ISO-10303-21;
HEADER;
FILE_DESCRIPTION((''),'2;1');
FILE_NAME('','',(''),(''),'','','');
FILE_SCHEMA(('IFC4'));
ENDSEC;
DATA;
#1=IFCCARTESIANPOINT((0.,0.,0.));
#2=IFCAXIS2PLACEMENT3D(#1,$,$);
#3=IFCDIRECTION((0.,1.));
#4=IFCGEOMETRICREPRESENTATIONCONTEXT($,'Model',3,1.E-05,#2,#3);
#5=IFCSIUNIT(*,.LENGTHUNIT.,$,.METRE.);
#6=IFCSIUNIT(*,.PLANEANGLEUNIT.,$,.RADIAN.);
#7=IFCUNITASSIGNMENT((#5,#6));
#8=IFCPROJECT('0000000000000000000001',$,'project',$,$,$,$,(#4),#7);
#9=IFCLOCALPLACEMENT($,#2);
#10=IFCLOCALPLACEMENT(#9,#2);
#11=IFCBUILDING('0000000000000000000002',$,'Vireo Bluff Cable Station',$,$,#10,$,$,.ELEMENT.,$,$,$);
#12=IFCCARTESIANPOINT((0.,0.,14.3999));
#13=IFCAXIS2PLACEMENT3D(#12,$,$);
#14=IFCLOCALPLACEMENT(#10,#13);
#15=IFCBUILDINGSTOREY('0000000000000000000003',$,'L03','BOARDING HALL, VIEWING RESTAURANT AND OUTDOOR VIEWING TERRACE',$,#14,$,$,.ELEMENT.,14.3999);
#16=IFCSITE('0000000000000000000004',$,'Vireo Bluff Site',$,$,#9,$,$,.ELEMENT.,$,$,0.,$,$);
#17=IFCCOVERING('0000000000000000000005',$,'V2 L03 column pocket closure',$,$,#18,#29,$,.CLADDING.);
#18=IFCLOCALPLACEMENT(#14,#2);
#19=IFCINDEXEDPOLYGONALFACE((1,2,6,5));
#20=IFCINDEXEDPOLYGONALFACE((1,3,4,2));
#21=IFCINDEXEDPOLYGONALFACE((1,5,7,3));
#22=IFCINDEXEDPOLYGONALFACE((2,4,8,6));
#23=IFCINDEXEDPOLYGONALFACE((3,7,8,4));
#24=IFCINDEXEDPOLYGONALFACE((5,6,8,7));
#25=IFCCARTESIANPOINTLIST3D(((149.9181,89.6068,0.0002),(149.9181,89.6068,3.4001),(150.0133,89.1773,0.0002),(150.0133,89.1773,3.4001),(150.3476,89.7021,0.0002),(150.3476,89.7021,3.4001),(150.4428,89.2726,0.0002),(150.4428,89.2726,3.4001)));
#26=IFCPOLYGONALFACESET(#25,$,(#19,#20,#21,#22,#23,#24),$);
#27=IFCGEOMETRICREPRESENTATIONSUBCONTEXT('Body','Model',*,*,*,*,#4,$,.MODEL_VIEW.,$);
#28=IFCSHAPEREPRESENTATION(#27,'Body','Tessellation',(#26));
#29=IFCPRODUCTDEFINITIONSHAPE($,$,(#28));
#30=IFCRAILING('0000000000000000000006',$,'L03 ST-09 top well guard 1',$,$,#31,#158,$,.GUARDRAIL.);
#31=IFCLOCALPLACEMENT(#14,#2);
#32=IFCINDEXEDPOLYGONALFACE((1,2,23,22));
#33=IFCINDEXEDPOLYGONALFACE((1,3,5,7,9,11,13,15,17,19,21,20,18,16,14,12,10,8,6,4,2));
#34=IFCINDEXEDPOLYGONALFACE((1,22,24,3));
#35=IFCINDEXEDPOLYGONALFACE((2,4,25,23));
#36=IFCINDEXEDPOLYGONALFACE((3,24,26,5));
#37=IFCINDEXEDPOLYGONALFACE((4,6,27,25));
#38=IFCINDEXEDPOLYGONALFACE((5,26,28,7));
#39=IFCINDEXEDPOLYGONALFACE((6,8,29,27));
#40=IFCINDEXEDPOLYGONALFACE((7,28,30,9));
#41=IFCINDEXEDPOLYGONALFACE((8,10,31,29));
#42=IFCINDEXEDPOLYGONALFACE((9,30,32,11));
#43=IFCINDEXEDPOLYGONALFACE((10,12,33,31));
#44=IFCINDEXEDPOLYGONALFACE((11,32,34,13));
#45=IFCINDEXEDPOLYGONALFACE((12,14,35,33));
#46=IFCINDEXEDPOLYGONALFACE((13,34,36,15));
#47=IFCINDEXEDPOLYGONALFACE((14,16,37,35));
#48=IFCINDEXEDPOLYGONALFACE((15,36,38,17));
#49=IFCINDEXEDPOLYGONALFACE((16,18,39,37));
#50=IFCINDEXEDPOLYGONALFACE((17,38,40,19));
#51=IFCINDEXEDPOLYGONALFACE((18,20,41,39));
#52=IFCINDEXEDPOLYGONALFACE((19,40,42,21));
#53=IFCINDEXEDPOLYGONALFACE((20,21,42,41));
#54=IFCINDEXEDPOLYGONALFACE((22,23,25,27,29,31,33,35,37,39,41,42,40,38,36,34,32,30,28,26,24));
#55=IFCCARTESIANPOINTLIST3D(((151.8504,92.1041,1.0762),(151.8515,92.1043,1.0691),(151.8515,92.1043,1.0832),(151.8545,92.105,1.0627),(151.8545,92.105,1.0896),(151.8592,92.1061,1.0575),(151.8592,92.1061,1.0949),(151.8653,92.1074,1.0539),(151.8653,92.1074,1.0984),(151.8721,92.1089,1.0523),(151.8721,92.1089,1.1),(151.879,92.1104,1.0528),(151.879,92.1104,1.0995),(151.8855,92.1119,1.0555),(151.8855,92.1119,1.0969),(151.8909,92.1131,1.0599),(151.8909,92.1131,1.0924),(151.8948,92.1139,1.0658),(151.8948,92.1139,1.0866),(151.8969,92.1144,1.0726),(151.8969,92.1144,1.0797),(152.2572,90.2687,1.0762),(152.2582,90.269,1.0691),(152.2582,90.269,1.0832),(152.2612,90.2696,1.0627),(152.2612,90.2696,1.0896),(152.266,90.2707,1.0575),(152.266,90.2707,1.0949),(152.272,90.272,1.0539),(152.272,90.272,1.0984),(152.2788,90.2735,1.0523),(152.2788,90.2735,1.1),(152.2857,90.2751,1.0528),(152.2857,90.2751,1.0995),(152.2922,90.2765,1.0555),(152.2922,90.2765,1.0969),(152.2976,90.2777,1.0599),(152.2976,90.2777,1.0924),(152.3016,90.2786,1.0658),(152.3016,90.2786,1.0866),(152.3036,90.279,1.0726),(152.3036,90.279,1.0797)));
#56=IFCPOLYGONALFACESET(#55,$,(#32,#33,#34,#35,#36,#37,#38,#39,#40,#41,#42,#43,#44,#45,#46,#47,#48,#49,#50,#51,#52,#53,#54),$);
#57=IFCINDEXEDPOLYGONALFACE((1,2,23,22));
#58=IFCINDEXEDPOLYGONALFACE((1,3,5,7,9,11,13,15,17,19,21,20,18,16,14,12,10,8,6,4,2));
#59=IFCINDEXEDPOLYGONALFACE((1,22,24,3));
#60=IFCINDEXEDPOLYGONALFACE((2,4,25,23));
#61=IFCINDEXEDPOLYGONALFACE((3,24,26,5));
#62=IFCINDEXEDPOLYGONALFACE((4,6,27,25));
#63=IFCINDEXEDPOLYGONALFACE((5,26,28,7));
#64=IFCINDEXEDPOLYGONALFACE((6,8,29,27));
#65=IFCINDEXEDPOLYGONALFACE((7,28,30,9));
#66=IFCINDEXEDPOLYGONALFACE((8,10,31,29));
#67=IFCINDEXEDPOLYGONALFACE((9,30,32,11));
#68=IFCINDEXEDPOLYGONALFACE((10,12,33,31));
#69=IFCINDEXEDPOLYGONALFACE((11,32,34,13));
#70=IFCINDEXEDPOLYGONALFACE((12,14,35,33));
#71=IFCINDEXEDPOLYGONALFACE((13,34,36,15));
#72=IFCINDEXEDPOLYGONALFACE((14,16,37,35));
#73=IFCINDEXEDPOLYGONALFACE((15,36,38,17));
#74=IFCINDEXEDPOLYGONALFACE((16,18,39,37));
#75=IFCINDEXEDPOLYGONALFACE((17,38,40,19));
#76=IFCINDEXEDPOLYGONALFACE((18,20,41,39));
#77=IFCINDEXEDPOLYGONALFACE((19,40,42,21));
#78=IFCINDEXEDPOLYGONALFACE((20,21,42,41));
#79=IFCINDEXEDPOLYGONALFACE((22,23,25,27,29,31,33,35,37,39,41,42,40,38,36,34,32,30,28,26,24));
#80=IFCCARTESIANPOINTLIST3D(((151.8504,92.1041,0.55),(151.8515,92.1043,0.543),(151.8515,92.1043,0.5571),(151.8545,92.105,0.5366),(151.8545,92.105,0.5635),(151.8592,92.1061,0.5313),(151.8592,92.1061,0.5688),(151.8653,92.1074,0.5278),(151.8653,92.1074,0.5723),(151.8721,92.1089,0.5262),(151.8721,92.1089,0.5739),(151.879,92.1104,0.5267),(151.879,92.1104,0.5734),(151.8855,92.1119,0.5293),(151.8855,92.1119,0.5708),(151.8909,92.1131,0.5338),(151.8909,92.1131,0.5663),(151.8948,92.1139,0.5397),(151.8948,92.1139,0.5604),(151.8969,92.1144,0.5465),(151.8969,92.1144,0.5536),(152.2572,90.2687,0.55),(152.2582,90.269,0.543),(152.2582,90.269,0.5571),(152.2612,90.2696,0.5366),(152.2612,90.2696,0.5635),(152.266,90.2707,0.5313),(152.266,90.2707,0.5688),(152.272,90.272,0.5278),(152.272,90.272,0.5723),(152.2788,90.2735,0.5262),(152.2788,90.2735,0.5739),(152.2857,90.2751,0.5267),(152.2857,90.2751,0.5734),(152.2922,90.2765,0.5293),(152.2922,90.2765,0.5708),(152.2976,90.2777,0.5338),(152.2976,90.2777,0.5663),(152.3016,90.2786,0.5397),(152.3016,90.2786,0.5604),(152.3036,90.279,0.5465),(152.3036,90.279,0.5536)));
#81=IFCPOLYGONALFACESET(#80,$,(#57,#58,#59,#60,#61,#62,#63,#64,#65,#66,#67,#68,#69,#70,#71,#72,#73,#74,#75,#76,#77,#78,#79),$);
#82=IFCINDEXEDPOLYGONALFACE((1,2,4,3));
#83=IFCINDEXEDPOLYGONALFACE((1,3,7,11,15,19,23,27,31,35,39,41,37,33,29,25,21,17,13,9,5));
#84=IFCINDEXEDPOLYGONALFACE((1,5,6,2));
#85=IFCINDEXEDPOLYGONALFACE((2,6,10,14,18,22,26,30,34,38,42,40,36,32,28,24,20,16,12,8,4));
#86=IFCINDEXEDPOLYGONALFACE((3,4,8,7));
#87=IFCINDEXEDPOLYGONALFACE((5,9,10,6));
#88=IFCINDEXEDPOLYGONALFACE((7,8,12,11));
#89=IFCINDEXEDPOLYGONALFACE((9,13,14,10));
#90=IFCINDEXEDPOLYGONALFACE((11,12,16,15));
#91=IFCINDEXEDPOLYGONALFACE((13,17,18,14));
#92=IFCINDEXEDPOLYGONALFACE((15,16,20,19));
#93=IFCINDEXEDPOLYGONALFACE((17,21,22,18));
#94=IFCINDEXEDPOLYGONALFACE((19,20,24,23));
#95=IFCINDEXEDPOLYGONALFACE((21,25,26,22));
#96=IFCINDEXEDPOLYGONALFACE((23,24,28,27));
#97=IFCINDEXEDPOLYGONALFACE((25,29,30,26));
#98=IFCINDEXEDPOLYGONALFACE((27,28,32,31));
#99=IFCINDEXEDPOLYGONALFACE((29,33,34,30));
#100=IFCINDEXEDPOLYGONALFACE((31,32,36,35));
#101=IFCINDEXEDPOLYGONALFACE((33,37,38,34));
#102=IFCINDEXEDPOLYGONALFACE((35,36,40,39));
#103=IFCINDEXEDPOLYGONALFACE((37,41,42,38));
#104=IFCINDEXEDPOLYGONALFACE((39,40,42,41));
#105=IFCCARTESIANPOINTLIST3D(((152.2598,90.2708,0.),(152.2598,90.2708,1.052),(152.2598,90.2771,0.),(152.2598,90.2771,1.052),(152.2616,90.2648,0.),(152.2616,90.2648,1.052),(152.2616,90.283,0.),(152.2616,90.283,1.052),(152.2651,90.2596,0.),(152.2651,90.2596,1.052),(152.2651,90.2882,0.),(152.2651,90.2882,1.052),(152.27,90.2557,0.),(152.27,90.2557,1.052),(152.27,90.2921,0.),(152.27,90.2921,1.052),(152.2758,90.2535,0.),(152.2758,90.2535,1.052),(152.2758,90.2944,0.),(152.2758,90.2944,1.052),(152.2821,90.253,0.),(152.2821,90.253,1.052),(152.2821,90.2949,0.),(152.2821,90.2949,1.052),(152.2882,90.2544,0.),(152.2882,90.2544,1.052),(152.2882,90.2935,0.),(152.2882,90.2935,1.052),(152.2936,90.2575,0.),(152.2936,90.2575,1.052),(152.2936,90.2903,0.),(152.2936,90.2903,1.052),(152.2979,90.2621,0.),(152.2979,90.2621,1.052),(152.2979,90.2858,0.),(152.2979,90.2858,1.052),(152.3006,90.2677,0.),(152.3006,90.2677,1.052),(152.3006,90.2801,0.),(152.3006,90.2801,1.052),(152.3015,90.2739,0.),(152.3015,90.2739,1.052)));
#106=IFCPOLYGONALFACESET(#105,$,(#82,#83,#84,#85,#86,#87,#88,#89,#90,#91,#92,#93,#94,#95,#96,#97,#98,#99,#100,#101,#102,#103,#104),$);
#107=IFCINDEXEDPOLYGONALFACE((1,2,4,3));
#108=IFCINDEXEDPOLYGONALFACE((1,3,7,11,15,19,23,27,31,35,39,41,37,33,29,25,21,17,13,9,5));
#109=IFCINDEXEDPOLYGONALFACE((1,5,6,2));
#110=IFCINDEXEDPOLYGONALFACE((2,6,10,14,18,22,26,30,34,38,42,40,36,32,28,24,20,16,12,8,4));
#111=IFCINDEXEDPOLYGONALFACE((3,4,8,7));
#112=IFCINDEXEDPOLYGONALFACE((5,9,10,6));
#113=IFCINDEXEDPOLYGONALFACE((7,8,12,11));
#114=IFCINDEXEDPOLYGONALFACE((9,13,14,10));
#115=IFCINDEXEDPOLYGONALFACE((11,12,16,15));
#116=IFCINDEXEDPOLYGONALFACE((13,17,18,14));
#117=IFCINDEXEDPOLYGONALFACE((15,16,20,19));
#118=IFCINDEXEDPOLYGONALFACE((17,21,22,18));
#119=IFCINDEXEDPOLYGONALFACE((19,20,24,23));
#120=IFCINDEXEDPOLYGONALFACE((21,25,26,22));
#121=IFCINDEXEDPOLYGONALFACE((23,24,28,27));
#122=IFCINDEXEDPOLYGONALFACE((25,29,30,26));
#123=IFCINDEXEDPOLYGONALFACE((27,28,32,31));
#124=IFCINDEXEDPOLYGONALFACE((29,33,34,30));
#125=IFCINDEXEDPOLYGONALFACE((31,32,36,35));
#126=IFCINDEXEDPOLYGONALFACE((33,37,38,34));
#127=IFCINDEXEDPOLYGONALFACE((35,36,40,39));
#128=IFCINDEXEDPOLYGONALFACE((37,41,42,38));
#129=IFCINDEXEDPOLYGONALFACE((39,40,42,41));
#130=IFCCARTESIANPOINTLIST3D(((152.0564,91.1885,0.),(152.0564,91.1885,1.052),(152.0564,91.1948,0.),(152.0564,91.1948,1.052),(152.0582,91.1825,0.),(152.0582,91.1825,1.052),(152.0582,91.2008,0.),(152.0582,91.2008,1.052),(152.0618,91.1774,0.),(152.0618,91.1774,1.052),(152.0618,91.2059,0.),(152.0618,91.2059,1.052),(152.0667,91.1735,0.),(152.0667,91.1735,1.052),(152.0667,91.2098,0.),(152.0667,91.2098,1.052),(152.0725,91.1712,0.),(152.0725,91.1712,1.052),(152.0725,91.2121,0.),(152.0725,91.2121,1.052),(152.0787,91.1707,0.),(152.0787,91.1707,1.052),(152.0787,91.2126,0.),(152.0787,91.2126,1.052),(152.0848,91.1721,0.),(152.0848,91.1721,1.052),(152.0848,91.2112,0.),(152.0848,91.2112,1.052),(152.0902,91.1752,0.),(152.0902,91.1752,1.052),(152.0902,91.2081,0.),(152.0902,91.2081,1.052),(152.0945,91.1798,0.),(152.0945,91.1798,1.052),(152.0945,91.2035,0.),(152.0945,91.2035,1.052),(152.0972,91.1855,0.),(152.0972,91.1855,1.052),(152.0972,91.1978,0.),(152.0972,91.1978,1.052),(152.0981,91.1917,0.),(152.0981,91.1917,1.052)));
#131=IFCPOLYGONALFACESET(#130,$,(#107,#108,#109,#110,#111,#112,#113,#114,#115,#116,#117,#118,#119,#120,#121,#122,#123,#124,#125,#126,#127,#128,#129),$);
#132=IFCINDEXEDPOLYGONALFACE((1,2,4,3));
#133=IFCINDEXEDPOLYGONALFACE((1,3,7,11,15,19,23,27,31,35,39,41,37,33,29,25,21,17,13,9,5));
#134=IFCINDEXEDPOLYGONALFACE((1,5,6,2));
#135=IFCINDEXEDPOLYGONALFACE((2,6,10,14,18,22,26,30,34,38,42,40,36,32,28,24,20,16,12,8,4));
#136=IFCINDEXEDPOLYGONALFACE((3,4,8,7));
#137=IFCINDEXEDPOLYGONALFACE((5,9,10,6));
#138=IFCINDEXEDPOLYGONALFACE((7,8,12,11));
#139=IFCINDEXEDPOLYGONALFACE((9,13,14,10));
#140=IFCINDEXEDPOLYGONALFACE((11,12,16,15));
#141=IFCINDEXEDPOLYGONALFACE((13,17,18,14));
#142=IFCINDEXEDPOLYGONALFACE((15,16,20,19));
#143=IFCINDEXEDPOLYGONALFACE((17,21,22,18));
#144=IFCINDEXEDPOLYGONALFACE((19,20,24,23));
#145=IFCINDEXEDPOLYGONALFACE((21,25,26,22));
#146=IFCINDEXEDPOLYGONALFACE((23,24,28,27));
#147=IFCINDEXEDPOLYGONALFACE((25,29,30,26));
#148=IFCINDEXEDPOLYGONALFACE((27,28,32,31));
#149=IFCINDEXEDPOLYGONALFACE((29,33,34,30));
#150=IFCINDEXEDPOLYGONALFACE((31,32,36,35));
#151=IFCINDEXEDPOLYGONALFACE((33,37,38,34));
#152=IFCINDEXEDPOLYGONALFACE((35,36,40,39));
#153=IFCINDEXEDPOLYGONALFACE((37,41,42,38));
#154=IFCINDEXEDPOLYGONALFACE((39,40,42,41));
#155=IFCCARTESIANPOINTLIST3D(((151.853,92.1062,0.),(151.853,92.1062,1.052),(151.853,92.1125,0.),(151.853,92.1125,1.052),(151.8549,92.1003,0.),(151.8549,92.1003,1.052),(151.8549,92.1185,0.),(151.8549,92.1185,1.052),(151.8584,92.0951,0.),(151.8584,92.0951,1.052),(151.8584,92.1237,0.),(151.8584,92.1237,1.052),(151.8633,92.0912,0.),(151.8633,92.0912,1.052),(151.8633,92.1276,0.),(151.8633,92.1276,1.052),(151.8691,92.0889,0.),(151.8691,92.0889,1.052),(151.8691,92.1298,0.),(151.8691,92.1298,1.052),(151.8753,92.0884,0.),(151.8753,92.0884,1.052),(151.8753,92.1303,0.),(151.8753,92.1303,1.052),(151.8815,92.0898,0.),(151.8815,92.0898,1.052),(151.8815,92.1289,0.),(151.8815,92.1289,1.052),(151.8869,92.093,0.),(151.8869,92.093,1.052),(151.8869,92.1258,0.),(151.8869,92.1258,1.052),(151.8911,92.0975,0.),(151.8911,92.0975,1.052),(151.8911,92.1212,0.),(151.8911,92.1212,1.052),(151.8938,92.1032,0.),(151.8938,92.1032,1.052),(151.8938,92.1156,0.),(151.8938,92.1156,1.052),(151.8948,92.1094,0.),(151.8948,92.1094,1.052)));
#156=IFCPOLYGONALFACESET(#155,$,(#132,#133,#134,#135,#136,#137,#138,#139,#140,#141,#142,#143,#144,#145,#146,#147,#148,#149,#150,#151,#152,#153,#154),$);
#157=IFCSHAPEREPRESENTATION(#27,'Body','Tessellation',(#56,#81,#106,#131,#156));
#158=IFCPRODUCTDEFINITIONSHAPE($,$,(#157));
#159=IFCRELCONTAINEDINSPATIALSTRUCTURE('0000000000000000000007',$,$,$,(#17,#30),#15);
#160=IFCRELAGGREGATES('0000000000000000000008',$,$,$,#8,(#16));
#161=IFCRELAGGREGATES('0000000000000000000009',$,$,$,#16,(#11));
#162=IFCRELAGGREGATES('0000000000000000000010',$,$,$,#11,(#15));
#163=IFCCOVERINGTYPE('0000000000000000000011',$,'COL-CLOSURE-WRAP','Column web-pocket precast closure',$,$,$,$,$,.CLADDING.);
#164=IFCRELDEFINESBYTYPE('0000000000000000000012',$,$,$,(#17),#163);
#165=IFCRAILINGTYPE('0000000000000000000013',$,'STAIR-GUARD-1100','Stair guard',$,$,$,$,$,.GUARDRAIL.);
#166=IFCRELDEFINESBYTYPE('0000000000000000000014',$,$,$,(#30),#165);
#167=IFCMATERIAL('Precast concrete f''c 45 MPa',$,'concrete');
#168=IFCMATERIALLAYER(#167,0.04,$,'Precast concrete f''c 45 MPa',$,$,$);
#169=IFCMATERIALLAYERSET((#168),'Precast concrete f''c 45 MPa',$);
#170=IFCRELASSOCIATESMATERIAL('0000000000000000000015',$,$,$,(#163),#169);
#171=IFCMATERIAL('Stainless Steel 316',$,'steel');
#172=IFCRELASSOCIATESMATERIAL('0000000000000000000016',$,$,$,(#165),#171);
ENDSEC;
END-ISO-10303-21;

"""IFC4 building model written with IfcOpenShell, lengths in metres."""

from ifc_helpers import new_model, si_unit, direction, frame, origin, origin_2d, place, context, subcontext, project, spatial, rectangle, circle, extrude, material, layer, layer_set, type_object, element, save


model = new_model("IFC4")

# Units and contexts
model_context = context("Model", 3, precision=1e-05, world=origin(), true_north=direction((0.0, 1.0)))
body_context = subcontext(model_context, "Body", "Model", "MODEL_VIEW")
ifc_project = project(units=[si_unit("LENGTHUNIT", "METRE"), si_unit("PLANEANGLEUNIT", "RADIAN")], contexts=[model_context])

# Site, building, storey
site_placement = place(None, origin())
site = spatial("IfcSite", under=ifc_project, at=site_placement, Name="Vireo Bluff Site", CompositionType="ELEMENT", RefElevation=0.0)
building_placement = place(site_placement, origin())
building = spatial("IfcBuilding", under=site, at=building_placement, Name="Vireo Bluff Cable Station", CompositionType="ELEMENT")
storey_placement = place(building_placement, frame((0.0, 0.0, 14.3999)))
storey = spatial("IfcBuildingStorey", under=building, at=storey_placement, Name="L03", Description="BOARDING HALL, VIEWING RESTAURANT AND OUTDOOR VIEWING TERRACE", CompositionType="ELEMENT", Elevation=14.3999)

# Shared definitions
ifc_material_1 = material(Name="Stainless Steel 316", Category="steel")

# Covering
ifc_material_2 = material(Name="Precast concrete f'c 45 MPa", Category="concrete")
ifc_layer_1 = layer(ifc_material_2, 0.04, Name="Precast concrete f'c 45 MPa")
ifc_layer_set_1 = layer_set([ifc_layer_1], Name="Precast concrete f'c 45 MPa")
covering_type = type_object("IfcCoveringType", Name="COL-CLOSURE-WRAP", Description="Column web-pocket precast closure", PredefinedType="CLADDING", material=ifc_layer_set_1)
covering_placement = place(storey_placement, frame((150.1804, 89.4397, 0.0002), z_axis=(0.0, 0.0, 1.0), x_axis=(0.976296, 0.21644, 0.0)))
element("IfcCovering", 1, at=covering_placement, inside=storey, type_object=covering_type, Name="V2 L03 column pocket closure", PredefinedType="CLADDING", context=body_context, shape_type="SweptSolid", body=[
    extrude(rectangle(XDim=0.4399, YDim=0.4399, at=origin_2d()), origin(), (0.0, 0.0, 1.0), 3.3999),
])

# Railing
railing_type = type_object("IfcRailingType", Name="STAIR-GUARD-1100", Description="Stair guard", PredefinedType="GUARDRAIL", material=ifc_material_1)
railing_1_placement = place(storey_placement, frame((152.2805, 90.2739, 0.0)))
element("IfcRailing", 2, at=railing_1_placement, inside=storey, type_object=railing_type, Name="L03 ST-09 top well guard 1", PredefinedType="GUARDRAIL", context=body_context, shape_type="SweptSolid", body=[
    extrude(circle(Radius=0.0239, at=origin_2d()), frame((0.0, 0.0, 1.0762), z_axis=(-0.216353, 0.976315, 0.0), x_axis=(-0.976315, -0.216353, 0.0)), (0.0, 0.0, 1.0), 1.8799),
    extrude(circle(Radius=0.0239, at=origin_2d()), frame((0.0, 0.0, 0.55), z_axis=(-0.216353, 0.976315, 0.0), x_axis=(-0.976315, -0.216353, 0.0)), (0.0, 0.0, 1.0), 1.8799),
    extrude(circle(Radius=0.021, at=origin_2d()), origin(), (0.0, 0.0, 1.0), 1.052),
    extrude(circle(Radius=0.021, at=origin_2d()), frame((-0.2034, 0.9177, 0.0)), (0.0, 0.0, 1.0), 1.052),
    extrude(circle(Radius=0.021, at=origin_2d()), frame((-0.4067, 1.8354, 0.0)), (0.0, 0.0, 1.0), 1.052),
])

save(model, "model.ifc")
